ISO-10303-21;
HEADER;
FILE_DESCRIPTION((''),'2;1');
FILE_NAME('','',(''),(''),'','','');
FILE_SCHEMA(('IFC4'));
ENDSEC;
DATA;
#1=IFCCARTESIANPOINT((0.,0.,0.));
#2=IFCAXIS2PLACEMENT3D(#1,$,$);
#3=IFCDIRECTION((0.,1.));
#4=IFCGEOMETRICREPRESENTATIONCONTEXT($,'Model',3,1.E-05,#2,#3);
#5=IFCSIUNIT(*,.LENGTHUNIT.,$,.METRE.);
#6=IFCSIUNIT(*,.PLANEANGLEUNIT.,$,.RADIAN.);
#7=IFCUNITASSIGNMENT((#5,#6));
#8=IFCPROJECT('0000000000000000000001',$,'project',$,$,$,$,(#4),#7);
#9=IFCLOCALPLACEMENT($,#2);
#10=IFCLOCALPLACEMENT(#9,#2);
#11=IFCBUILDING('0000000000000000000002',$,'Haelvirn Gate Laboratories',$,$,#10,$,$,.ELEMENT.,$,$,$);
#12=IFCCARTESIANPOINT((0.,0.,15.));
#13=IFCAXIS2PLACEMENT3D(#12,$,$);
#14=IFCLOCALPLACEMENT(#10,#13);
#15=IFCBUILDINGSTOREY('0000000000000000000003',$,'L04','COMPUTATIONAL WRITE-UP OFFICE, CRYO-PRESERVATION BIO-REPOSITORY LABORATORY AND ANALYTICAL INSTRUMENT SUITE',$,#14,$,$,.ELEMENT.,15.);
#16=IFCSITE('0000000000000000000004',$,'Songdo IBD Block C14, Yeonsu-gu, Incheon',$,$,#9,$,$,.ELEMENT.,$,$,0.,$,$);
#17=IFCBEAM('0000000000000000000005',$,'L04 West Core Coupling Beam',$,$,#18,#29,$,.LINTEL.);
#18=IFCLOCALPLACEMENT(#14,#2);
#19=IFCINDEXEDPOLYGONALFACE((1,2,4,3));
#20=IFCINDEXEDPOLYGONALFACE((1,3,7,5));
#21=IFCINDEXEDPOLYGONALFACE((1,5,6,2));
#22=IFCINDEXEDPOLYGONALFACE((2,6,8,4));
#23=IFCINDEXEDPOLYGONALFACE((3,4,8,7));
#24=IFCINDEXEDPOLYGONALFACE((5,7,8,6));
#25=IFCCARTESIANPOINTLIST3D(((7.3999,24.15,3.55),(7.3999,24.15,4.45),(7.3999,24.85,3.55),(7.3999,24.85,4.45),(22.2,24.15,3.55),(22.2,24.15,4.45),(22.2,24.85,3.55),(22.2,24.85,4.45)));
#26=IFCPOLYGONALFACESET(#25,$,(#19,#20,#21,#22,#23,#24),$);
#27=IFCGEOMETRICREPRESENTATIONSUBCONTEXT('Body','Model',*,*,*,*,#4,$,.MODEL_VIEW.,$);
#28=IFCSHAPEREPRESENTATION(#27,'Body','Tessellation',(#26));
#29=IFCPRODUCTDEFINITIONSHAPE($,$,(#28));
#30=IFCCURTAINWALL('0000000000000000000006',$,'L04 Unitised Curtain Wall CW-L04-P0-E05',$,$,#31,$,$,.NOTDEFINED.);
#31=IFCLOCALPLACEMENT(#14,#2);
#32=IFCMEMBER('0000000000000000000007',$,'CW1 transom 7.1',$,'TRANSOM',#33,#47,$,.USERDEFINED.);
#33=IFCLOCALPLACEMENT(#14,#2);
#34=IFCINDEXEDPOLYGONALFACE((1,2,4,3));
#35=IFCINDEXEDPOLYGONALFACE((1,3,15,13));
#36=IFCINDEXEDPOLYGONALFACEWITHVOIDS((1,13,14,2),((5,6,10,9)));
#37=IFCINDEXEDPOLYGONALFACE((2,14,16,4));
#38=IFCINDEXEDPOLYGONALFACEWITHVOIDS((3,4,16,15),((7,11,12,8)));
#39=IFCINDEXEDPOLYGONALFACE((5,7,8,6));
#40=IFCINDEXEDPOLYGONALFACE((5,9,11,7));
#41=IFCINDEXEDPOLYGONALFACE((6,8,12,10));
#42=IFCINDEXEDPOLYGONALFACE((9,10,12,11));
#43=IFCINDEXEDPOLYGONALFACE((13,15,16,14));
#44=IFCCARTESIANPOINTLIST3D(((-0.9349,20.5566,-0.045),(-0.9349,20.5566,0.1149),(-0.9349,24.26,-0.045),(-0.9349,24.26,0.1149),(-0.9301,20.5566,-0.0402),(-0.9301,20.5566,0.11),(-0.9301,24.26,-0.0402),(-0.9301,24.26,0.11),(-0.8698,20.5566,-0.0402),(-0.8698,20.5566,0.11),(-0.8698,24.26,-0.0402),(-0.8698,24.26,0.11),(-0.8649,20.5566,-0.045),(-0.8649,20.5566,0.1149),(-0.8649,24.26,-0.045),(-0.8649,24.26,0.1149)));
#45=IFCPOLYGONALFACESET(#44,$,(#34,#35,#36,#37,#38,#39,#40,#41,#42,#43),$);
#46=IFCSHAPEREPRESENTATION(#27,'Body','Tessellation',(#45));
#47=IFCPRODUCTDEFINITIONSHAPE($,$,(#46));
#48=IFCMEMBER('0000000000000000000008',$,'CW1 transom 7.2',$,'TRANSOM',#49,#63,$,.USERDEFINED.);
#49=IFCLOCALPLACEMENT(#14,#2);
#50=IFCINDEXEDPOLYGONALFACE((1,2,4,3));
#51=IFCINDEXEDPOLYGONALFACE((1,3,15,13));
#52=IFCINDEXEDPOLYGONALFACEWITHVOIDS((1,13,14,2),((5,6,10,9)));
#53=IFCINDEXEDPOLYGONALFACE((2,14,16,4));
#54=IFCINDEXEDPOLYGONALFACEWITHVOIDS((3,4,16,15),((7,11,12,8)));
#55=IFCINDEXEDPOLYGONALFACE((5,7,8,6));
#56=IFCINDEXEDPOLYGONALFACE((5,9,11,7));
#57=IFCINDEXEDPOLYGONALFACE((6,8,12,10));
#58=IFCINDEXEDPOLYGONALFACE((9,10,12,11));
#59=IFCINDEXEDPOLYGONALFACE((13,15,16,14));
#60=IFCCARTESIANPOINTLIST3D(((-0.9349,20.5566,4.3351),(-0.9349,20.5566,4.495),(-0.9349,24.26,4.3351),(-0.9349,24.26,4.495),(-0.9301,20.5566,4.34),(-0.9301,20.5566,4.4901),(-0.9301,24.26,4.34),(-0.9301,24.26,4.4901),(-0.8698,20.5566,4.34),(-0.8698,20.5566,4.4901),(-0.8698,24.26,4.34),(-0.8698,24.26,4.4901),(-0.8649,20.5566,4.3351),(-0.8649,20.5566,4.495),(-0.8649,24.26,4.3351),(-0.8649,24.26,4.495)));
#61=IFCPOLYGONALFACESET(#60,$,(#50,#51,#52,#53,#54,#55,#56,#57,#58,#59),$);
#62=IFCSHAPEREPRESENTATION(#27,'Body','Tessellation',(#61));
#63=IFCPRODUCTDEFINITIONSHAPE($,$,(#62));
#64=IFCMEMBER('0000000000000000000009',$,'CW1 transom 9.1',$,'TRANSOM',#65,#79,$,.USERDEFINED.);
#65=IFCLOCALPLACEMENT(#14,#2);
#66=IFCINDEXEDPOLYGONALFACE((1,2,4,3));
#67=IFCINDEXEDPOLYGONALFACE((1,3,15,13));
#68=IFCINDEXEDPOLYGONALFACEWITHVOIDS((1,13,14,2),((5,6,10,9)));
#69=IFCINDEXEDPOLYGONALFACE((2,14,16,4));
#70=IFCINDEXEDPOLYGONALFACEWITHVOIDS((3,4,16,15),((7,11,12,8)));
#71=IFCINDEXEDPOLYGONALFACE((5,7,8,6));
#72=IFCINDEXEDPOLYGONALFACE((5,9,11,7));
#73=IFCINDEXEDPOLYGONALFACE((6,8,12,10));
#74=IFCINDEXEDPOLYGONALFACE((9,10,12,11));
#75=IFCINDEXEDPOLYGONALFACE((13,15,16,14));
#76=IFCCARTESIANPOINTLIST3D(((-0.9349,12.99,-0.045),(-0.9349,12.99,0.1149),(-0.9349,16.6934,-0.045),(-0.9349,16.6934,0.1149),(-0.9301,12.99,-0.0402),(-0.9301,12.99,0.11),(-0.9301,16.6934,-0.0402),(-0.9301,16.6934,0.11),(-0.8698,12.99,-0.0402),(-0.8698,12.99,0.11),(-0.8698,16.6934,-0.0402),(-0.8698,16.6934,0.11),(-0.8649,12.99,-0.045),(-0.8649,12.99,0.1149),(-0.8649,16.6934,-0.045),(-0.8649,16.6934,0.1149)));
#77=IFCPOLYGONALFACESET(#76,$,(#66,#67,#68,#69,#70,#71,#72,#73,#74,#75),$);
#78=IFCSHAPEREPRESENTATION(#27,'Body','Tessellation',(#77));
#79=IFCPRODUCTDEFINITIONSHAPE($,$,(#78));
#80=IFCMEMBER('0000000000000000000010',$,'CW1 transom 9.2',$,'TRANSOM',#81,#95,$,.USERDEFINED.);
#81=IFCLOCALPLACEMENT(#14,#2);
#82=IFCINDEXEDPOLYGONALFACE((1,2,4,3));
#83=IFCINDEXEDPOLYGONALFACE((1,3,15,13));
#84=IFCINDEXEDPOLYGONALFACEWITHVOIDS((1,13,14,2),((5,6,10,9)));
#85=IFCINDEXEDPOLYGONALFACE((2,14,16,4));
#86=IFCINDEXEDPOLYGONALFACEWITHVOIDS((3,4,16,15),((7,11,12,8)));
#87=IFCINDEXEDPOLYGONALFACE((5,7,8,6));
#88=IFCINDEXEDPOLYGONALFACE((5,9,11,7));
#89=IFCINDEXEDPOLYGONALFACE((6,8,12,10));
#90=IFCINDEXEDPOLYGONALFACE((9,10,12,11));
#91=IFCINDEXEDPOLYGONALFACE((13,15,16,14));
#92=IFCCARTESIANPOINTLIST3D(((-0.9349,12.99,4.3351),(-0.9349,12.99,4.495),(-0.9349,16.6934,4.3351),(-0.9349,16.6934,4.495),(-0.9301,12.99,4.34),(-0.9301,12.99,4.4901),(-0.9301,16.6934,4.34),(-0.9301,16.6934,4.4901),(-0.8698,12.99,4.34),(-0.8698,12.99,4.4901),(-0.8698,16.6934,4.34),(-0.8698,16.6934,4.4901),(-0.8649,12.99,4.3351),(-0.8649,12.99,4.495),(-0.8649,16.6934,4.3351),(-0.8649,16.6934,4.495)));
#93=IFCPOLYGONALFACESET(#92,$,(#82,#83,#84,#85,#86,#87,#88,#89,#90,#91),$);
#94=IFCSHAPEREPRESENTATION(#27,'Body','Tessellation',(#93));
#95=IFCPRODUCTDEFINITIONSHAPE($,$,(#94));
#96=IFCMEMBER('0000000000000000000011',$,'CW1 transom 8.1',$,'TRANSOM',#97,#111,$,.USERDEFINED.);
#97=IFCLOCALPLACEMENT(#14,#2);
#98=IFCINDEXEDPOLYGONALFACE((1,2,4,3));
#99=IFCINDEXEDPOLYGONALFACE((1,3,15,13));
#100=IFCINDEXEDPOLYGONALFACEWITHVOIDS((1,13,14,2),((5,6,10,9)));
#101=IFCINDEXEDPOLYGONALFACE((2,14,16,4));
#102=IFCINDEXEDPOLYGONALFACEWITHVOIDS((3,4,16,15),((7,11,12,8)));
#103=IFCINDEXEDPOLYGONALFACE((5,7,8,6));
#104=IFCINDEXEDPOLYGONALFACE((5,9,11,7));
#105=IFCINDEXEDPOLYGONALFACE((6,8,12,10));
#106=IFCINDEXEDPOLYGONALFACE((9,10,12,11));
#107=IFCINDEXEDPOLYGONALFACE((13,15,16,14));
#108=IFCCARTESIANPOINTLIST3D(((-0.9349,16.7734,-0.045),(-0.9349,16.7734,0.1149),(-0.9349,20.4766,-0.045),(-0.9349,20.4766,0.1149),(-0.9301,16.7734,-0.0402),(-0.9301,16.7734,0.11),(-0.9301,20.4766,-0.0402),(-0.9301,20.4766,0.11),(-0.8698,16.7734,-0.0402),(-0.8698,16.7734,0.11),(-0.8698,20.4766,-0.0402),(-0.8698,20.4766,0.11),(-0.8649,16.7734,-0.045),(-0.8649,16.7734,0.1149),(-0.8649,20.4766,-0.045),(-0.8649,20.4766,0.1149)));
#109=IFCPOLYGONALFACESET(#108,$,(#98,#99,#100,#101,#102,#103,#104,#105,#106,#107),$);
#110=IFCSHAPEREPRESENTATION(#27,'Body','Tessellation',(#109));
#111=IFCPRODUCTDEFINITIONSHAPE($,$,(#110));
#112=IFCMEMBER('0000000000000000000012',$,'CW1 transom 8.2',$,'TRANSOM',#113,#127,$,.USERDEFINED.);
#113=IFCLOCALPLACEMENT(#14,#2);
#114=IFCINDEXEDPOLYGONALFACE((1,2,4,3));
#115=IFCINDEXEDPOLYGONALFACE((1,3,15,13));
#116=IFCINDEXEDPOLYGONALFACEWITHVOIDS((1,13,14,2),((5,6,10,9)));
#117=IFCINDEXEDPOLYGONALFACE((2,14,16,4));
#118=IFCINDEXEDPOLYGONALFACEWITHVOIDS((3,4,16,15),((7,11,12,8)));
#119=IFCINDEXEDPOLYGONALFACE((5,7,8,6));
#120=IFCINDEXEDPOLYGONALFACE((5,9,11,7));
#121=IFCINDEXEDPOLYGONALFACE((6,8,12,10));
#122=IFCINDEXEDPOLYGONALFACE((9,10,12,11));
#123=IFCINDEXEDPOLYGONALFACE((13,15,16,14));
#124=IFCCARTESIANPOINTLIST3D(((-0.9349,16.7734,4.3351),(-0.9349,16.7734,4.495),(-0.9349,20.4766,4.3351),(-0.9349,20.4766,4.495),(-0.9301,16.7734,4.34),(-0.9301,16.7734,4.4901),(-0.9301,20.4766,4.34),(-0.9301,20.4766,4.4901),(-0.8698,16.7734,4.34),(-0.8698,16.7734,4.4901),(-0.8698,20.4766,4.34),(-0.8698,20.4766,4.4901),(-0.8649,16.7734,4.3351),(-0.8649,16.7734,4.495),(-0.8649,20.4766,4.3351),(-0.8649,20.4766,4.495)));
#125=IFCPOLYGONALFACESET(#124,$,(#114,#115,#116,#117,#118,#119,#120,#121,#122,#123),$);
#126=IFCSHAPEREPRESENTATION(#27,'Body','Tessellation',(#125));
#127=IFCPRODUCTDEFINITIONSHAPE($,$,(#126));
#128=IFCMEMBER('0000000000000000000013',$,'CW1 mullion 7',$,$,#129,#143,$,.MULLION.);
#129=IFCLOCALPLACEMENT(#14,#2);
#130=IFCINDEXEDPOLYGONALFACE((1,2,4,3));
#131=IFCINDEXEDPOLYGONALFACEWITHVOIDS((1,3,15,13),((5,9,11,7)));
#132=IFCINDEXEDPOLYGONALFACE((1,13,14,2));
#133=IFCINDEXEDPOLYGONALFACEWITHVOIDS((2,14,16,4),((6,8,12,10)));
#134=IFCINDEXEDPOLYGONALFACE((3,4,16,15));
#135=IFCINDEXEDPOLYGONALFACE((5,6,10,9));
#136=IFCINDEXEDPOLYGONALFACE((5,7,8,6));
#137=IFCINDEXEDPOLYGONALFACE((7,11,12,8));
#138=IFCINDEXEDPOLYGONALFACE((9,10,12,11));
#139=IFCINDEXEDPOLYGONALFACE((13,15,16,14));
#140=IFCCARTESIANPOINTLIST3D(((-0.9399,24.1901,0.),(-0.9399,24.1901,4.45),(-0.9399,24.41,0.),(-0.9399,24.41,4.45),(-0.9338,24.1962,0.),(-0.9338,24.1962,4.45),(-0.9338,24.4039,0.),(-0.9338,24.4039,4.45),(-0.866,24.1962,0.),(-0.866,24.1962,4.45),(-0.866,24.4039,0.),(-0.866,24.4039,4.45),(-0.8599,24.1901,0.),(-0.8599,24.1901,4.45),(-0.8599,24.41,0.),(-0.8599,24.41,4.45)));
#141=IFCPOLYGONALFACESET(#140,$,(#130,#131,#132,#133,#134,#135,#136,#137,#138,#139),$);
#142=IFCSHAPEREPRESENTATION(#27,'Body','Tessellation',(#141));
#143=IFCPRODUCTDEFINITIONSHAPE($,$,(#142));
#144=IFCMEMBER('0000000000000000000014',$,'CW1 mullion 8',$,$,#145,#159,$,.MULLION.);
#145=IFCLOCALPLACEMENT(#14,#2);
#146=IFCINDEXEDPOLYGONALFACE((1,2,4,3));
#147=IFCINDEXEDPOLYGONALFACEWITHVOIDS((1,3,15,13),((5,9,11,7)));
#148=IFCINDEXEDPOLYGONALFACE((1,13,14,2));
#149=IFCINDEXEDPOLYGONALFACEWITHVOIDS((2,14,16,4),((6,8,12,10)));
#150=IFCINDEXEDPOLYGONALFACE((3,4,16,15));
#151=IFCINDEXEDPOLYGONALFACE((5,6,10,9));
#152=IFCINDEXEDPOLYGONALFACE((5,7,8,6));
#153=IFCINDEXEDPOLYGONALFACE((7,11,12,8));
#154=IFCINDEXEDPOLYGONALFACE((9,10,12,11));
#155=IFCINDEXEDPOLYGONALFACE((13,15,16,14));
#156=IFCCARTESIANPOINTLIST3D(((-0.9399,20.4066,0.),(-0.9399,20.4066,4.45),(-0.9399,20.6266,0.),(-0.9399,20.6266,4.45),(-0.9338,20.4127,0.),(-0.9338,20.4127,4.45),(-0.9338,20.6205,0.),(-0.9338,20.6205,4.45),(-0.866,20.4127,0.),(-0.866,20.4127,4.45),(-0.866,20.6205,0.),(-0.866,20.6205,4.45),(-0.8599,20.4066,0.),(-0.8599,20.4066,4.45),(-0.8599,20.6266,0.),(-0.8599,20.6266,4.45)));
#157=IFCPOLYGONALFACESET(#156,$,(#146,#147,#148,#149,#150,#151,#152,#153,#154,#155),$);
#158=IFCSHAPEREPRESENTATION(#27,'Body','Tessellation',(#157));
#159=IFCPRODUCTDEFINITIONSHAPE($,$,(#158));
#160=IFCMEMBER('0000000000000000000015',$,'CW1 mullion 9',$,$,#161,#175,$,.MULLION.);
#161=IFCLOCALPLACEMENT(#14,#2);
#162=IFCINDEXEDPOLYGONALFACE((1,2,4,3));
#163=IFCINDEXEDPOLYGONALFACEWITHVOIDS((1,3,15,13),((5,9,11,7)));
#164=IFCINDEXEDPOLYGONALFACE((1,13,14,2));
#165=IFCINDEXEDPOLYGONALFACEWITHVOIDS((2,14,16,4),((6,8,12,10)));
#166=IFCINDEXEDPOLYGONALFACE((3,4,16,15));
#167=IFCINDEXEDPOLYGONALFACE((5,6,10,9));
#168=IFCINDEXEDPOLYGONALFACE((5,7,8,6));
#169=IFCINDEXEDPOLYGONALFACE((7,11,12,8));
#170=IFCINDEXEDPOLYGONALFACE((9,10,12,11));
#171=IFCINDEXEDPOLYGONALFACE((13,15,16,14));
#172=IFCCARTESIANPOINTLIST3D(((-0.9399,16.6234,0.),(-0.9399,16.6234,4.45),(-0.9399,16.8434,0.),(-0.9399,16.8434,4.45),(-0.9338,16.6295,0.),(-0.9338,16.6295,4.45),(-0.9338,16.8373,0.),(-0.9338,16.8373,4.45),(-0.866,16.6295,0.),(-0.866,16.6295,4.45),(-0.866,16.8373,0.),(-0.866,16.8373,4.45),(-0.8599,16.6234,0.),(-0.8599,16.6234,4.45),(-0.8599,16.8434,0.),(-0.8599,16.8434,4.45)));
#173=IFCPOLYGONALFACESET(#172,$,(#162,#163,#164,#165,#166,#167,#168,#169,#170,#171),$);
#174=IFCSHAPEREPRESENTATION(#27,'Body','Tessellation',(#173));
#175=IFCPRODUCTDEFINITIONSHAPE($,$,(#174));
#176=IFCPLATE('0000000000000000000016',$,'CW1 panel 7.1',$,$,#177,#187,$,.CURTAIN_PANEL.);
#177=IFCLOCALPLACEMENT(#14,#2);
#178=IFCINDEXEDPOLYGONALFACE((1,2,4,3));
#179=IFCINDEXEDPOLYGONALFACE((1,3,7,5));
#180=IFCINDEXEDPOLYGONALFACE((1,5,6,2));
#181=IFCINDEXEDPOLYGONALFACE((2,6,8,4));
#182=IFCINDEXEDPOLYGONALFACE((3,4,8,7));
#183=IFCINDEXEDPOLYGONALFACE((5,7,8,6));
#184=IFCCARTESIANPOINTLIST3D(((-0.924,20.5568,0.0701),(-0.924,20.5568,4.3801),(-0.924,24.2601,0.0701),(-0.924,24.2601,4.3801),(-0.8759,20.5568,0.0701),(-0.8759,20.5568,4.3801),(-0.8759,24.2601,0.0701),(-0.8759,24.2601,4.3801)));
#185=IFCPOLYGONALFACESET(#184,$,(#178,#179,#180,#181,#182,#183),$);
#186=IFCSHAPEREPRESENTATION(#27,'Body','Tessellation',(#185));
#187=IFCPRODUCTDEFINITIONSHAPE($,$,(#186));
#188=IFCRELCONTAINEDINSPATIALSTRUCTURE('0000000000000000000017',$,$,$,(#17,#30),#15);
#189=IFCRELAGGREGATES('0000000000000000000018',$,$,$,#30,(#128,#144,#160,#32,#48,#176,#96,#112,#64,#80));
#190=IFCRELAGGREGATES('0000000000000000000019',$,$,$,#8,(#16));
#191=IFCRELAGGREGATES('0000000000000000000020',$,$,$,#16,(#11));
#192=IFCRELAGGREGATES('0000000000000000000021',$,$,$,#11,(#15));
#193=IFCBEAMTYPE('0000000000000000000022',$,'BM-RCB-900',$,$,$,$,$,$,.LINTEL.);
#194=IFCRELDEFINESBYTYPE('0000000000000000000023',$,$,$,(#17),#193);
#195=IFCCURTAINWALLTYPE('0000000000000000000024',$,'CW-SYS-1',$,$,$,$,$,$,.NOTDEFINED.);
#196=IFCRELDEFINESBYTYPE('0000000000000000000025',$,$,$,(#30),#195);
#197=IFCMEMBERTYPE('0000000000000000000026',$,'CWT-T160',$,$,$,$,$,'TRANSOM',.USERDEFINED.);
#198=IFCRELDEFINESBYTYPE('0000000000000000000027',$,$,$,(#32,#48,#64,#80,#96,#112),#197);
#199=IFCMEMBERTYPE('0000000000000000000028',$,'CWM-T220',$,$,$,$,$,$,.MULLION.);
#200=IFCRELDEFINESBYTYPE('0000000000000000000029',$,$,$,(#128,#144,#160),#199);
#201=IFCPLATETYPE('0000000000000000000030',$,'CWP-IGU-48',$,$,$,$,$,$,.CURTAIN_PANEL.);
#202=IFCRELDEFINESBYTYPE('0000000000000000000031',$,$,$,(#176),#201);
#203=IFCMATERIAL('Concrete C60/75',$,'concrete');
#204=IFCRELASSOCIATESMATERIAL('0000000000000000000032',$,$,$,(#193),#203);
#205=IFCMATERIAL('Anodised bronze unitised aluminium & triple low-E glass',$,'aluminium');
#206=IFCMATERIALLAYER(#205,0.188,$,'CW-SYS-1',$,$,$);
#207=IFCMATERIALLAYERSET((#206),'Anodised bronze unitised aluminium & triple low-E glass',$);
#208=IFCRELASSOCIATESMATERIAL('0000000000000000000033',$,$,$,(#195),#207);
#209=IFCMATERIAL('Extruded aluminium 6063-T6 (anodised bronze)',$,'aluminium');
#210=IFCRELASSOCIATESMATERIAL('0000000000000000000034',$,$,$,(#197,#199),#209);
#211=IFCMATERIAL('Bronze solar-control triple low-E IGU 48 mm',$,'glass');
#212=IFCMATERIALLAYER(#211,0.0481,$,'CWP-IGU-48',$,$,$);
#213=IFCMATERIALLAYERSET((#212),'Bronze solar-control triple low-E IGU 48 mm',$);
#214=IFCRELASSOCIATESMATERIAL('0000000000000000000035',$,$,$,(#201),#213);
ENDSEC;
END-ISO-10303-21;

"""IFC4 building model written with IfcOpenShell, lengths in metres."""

from ifc_helpers import new_model, si_unit, direction, frame, origin, origin_2d, place, context, subcontext, project, spatial, rectangle, hollow_rectangle, extrude, source, transform, mapped, material, layer, layer_set, material_profile, profile_set, type_object, type_shapes, element, aggregate, save


model = new_model("IFC4")

# Units and contexts
model_context = context("Model", 3, precision=1e-05, world=origin(), true_north=direction((0.0, 1.0)))
body_context = subcontext(model_context, "Body", "Model", "MODEL_VIEW")
ifc_project = project(units=[si_unit("LENGTHUNIT", "METRE"), si_unit("PLANEANGLEUNIT", "RADIAN")], contexts=[model_context])

# Site, building, storey
site_placement = place(None, origin())
site = spatial("IfcSite", under=ifc_project, at=site_placement, Name="Songdo IBD Block C14, Yeonsu-gu, Incheon", CompositionType="ELEMENT", RefElevation=0.0)
building_placement = place(site_placement, origin())
building = spatial("IfcBuilding", under=site, at=building_placement, Name="Haelvirn Gate Laboratories", CompositionType="ELEMENT")
storey_placement = place(building_placement, frame((0.0, 0.0, 15.0)))
storey = spatial("IfcBuildingStorey", under=building, at=storey_placement, Name="L04", Description="COMPUTATIONAL WRITE-UP OFFICE, CRYO-PRESERVATION BIO-REPOSITORY LABORATORY AND ANALYTICAL INSTRUMENT SUITE", CompositionType="ELEMENT", Elevation=15.0)

# Beam
ifc_material_1 = material(Name="Concrete C60/75", Category="concrete")
ifc_material_profile_1 = material_profile(ifc_material_1, rectangle(XDim=0.7, YDim=0.8999, at=origin_2d()), Name="RCB-700x900")
ifc_profile_set_1 = profile_set([ifc_material_profile_1], Name="Concrete C60/75")
beam_type = type_object("IfcBeamType", Name="BM-RCB-900", PredefinedType="LINTEL", material=ifc_profile_set_1)
shared_shape_1 = source(origin(), body_context, "Body", "SweptSolid", [
    extrude(rectangle(XDim=0.7, YDim=0.8999, at=origin_2d()), origin(), (0.0, 0.0, 1.0), 14.8),
])
type_shapes(beam_type, [shared_shape_1])
beam_placement = place(storey_placement, frame((7.3999, 24.5, 4.0), z_axis=(1.0, 0.0, 0.0), x_axis=(0.0, 1.0, 0.0)))
element("IfcBeam", 1, at=beam_placement, inside=storey, type_object=beam_type, Name="L04 West Core Coupling Beam", PredefinedType="LINTEL", context=body_context, shape_type="MappedRepresentation", body=[
    mapped(shared_shape_1, transform((0.0, 0.0, 0.0), scale=1.0)),
])

# Curtain wall, members, plate
ifc_material_2 = material(Name="Anodised bronze unitised aluminium & triple low-E glass", Category="aluminium")
ifc_layer_1 = layer(ifc_material_2, 0.188, Name="CW-SYS-1")
ifc_layer_set_1 = layer_set([ifc_layer_1], Name="Anodised bronze unitised aluminium & triple low-E glass")
curtain_wall_type = type_object("IfcCurtainWallType", Name="CW-SYS-1", PredefinedType="NOTDEFINED", material=ifc_layer_set_1)
curtain_wall_placement = place(storey_placement, origin())
curtain_wall = element("IfcCurtainWall", 2, at=curtain_wall_placement, inside=storey, type_object=curtain_wall_type, Name="L04 Unitised Curtain Wall CW-L04-P0-E05", PredefinedType="NOTDEFINED")
ifc_material_3 = material(Name="Extruded aluminium 6063-T6 (anodised bronze)", Category="aluminium")
ifc_material_profile_2 = material_profile(ifc_material_3, hollow_rectangle(XDim=0.0701, YDim=0.1599, WallThickness=0.0049, at=origin_2d()), Name="CWT-160x70x5")
ifc_profile_set_2 = profile_set([ifc_material_profile_2], Name="Extruded aluminium 6063-T6 (anodised bronze)")
member_type_1 = type_object("IfcMemberType", Name="CWT-T160", ElementType="TRANSOM", PredefinedType="USERDEFINED", material=ifc_profile_set_2)
shared_shape_2 = source(origin(), body_context, "Body", "SweptSolid", [
    extrude(hollow_rectangle(XDim=0.0701, YDim=0.1599, WallThickness=0.0049, at=origin_2d()), origin(), (0.0, 0.0, 1.0), 3.7034),
])
member_1_placement = place(storey_placement, frame((-0.8999, 24.26, 0.0349), z_axis=(0.0, -1.0, 0.0), x_axis=(1.0, 0.0, 0.0)))
member_1 = element("IfcMember", 3, at=member_1_placement, type_object=member_type_1, Name="CW1 transom 7.1", ObjectType="TRANSOM", PredefinedType="USERDEFINED", context=body_context, shape_type="MappedRepresentation", body=[
    mapped(shared_shape_2, transform((0.0, 0.0, 0.0), scale=1.0)),
])
member_2_placement = place(storey_placement, frame((-0.8999, 24.26, 4.415), z_axis=(0.0, -1.0, 0.0), x_axis=(1.0, 0.0, 0.0)))
member_2 = element("IfcMember", 4, at=member_2_placement, type_object=member_type_1, Name="CW1 transom 7.2", ObjectType="TRANSOM", PredefinedType="USERDEFINED", context=body_context, shape_type="MappedRepresentation", body=[
    mapped(shared_shape_2, transform((0.0, 0.0, 0.0), scale=1.0)),
])
member_3_placement = place(storey_placement, frame((-0.8999, 16.6934, 0.0349), z_axis=(0.0, -1.0, 0.0), x_axis=(1.0, 0.0, 0.0)))
member_3 = element("IfcMember", 5, at=member_3_placement, type_object=member_type_1, Name="CW1 transom 9.1", ObjectType="TRANSOM", PredefinedType="USERDEFINED", context=body_context, shape_type="MappedRepresentation", body=[
    mapped(shared_shape_2, transform((0.0, 0.0, 0.0), scale=1.0)),
])
member_4_placement = place(storey_placement, frame((-0.8999, 16.6934, 4.415), z_axis=(0.0, -1.0, 0.0), x_axis=(1.0, 0.0, 0.0)))
member_4 = element("IfcMember", 6, at=member_4_placement, type_object=member_type_1, Name="CW1 transom 9.2", ObjectType="TRANSOM", PredefinedType="USERDEFINED", context=body_context, shape_type="MappedRepresentation", body=[
    mapped(shared_shape_2, transform((0.0, 0.0, 0.0), scale=1.0)),
])
shared_shape_3 = source(origin(), body_context, "Body", "SweptSolid", [
    extrude(hollow_rectangle(XDim=0.0701, YDim=0.1599, WallThickness=0.0049, at=origin_2d()), origin(), (0.0, 0.0, 1.0), 3.7031),
])
type_shapes(member_type_1, [shared_shape_2, shared_shape_3])
member_5_placement = place(storey_placement, frame((-0.8999, 20.4766, 0.0349), z_axis=(0.0, -1.0, 0.0), x_axis=(1.0, 0.0, 0.0)))
member_5 = element("IfcMember", 7, at=member_5_placement, type_object=member_type_1, Name="CW1 transom 8.1", ObjectType="TRANSOM", PredefinedType="USERDEFINED", context=body_context, shape_type="MappedRepresentation", body=[
    mapped(shared_shape_3, transform((0.0, 0.0, 0.0), scale=1.0)),
])
member_6_placement = place(storey_placement, frame((-0.8999, 20.4766, 4.415), z_axis=(0.0, -1.0, 0.0), x_axis=(1.0, 0.0, 0.0)))
member_6 = element("IfcMember", 8, at=member_6_placement, type_object=member_type_1, Name="CW1 transom 8.2", ObjectType="TRANSOM", PredefinedType="USERDEFINED", context=body_context, shape_type="MappedRepresentation", body=[
    mapped(shared_shape_3, transform((0.0, 0.0, 0.0), scale=1.0)),
])
ifc_material_profile_3 = material_profile(ifc_material_3, hollow_rectangle(XDim=0.0801, YDim=0.22, WallThickness=0.0061, at=origin_2d()), Name="CWM-220x80x6")
ifc_profile_set_3 = profile_set([ifc_material_profile_3], Name="Extruded aluminium 6063-T6 (anodised bronze)")
member_type_2 = type_object("IfcMemberType", Name="CWM-T220", PredefinedType="MULLION", material=ifc_profile_set_3)
shared_shape_4 = source(origin(), body_context, "Body", "SweptSolid", [
    extrude(hollow_rectangle(XDim=0.0801, YDim=0.22, WallThickness=0.0061, at=origin_2d()), origin(), (0.0, 0.0, 1.0), 4.45),
])
type_shapes(member_type_2, [shared_shape_4])
member_7_placement = place(storey_placement, frame((-0.8999, 24.3, 0.0), z_axis=(0.0, 0.0, 1.0), x_axis=(1.0, 0.0, 0.0)))
member_7 = element("IfcMember", 9, at=member_7_placement, type_object=member_type_2, Name="CW1 mullion 7", PredefinedType="MULLION", context=body_context, shape_type="MappedRepresentation", body=[
    mapped(shared_shape_4, transform((0.0, 0.0, 0.0), scale=1.0)),
])
member_8_placement = place(storey_placement, frame((-0.8999, 20.5166, 0.0), z_axis=(0.0, 0.0, 1.0), x_axis=(1.0, 0.0, 0.0)))
member_8 = element("IfcMember", 10, at=member_8_placement, type_object=member_type_2, Name="CW1 mullion 8", PredefinedType="MULLION", context=body_context, shape_type="MappedRepresentation", body=[
    mapped(shared_shape_4, transform((0.0, 0.0, 0.0), scale=1.0)),
])
member_9_placement = place(storey_placement, frame((-0.8999, 16.7334, 0.0), z_axis=(0.0, 0.0, 1.0), x_axis=(1.0, 0.0, 0.0)))
member_9 = element("IfcMember", 11, at=member_9_placement, type_object=member_type_2, Name="CW1 mullion 9", PredefinedType="MULLION", context=body_context, shape_type="MappedRepresentation", body=[
    mapped(shared_shape_4, transform((0.0, 0.0, 0.0), scale=1.0)),
])
ifc_material_4 = material(Name="Bronze solar-control triple low-E IGU 48 mm", Category="glass")
ifc_layer_2 = layer(ifc_material_4, 0.0481, Name="CWP-IGU-48")
ifc_layer_set_2 = layer_set([ifc_layer_2], Name="Bronze solar-control triple low-E IGU 48 mm")
plate_type = type_object("IfcPlateType", Name="CWP-IGU-48", PredefinedType="CURTAIN_PANEL", material=ifc_layer_set_2)
shared_shape_5 = source(origin(), body_context, "Body", "SweptSolid", [
    extrude(rectangle(XDim=3.7034, YDim=0.0481, at=origin_2d()), origin(), (0.0, 0.0, 1.0), 4.3101),
])
type_shapes(plate_type, [shared_shape_5])
plate_1_placement = place(storey_placement, frame((-0.8999, 22.4084, 0.0701), z_axis=(0.0, 0.0, 1.0), x_axis=(0.0, -1.0, 0.0)))
plate_1 = element("IfcPlate", 12, at=plate_1_placement, type_object=plate_type, Name="CW1 panel 7.1", PredefinedType="CURTAIN_PANEL", context=body_context, shape_type="MappedRepresentation", body=[
    mapped(shared_shape_5, transform((0.0, 0.0, 0.0), scale=1.0)),
])
aggregate(curtain_wall, [member_7, member_8, member_9, member_1, member_2, plate_1, member_5, member_6, member_3, member_4])

save(model, "model.ifc")
